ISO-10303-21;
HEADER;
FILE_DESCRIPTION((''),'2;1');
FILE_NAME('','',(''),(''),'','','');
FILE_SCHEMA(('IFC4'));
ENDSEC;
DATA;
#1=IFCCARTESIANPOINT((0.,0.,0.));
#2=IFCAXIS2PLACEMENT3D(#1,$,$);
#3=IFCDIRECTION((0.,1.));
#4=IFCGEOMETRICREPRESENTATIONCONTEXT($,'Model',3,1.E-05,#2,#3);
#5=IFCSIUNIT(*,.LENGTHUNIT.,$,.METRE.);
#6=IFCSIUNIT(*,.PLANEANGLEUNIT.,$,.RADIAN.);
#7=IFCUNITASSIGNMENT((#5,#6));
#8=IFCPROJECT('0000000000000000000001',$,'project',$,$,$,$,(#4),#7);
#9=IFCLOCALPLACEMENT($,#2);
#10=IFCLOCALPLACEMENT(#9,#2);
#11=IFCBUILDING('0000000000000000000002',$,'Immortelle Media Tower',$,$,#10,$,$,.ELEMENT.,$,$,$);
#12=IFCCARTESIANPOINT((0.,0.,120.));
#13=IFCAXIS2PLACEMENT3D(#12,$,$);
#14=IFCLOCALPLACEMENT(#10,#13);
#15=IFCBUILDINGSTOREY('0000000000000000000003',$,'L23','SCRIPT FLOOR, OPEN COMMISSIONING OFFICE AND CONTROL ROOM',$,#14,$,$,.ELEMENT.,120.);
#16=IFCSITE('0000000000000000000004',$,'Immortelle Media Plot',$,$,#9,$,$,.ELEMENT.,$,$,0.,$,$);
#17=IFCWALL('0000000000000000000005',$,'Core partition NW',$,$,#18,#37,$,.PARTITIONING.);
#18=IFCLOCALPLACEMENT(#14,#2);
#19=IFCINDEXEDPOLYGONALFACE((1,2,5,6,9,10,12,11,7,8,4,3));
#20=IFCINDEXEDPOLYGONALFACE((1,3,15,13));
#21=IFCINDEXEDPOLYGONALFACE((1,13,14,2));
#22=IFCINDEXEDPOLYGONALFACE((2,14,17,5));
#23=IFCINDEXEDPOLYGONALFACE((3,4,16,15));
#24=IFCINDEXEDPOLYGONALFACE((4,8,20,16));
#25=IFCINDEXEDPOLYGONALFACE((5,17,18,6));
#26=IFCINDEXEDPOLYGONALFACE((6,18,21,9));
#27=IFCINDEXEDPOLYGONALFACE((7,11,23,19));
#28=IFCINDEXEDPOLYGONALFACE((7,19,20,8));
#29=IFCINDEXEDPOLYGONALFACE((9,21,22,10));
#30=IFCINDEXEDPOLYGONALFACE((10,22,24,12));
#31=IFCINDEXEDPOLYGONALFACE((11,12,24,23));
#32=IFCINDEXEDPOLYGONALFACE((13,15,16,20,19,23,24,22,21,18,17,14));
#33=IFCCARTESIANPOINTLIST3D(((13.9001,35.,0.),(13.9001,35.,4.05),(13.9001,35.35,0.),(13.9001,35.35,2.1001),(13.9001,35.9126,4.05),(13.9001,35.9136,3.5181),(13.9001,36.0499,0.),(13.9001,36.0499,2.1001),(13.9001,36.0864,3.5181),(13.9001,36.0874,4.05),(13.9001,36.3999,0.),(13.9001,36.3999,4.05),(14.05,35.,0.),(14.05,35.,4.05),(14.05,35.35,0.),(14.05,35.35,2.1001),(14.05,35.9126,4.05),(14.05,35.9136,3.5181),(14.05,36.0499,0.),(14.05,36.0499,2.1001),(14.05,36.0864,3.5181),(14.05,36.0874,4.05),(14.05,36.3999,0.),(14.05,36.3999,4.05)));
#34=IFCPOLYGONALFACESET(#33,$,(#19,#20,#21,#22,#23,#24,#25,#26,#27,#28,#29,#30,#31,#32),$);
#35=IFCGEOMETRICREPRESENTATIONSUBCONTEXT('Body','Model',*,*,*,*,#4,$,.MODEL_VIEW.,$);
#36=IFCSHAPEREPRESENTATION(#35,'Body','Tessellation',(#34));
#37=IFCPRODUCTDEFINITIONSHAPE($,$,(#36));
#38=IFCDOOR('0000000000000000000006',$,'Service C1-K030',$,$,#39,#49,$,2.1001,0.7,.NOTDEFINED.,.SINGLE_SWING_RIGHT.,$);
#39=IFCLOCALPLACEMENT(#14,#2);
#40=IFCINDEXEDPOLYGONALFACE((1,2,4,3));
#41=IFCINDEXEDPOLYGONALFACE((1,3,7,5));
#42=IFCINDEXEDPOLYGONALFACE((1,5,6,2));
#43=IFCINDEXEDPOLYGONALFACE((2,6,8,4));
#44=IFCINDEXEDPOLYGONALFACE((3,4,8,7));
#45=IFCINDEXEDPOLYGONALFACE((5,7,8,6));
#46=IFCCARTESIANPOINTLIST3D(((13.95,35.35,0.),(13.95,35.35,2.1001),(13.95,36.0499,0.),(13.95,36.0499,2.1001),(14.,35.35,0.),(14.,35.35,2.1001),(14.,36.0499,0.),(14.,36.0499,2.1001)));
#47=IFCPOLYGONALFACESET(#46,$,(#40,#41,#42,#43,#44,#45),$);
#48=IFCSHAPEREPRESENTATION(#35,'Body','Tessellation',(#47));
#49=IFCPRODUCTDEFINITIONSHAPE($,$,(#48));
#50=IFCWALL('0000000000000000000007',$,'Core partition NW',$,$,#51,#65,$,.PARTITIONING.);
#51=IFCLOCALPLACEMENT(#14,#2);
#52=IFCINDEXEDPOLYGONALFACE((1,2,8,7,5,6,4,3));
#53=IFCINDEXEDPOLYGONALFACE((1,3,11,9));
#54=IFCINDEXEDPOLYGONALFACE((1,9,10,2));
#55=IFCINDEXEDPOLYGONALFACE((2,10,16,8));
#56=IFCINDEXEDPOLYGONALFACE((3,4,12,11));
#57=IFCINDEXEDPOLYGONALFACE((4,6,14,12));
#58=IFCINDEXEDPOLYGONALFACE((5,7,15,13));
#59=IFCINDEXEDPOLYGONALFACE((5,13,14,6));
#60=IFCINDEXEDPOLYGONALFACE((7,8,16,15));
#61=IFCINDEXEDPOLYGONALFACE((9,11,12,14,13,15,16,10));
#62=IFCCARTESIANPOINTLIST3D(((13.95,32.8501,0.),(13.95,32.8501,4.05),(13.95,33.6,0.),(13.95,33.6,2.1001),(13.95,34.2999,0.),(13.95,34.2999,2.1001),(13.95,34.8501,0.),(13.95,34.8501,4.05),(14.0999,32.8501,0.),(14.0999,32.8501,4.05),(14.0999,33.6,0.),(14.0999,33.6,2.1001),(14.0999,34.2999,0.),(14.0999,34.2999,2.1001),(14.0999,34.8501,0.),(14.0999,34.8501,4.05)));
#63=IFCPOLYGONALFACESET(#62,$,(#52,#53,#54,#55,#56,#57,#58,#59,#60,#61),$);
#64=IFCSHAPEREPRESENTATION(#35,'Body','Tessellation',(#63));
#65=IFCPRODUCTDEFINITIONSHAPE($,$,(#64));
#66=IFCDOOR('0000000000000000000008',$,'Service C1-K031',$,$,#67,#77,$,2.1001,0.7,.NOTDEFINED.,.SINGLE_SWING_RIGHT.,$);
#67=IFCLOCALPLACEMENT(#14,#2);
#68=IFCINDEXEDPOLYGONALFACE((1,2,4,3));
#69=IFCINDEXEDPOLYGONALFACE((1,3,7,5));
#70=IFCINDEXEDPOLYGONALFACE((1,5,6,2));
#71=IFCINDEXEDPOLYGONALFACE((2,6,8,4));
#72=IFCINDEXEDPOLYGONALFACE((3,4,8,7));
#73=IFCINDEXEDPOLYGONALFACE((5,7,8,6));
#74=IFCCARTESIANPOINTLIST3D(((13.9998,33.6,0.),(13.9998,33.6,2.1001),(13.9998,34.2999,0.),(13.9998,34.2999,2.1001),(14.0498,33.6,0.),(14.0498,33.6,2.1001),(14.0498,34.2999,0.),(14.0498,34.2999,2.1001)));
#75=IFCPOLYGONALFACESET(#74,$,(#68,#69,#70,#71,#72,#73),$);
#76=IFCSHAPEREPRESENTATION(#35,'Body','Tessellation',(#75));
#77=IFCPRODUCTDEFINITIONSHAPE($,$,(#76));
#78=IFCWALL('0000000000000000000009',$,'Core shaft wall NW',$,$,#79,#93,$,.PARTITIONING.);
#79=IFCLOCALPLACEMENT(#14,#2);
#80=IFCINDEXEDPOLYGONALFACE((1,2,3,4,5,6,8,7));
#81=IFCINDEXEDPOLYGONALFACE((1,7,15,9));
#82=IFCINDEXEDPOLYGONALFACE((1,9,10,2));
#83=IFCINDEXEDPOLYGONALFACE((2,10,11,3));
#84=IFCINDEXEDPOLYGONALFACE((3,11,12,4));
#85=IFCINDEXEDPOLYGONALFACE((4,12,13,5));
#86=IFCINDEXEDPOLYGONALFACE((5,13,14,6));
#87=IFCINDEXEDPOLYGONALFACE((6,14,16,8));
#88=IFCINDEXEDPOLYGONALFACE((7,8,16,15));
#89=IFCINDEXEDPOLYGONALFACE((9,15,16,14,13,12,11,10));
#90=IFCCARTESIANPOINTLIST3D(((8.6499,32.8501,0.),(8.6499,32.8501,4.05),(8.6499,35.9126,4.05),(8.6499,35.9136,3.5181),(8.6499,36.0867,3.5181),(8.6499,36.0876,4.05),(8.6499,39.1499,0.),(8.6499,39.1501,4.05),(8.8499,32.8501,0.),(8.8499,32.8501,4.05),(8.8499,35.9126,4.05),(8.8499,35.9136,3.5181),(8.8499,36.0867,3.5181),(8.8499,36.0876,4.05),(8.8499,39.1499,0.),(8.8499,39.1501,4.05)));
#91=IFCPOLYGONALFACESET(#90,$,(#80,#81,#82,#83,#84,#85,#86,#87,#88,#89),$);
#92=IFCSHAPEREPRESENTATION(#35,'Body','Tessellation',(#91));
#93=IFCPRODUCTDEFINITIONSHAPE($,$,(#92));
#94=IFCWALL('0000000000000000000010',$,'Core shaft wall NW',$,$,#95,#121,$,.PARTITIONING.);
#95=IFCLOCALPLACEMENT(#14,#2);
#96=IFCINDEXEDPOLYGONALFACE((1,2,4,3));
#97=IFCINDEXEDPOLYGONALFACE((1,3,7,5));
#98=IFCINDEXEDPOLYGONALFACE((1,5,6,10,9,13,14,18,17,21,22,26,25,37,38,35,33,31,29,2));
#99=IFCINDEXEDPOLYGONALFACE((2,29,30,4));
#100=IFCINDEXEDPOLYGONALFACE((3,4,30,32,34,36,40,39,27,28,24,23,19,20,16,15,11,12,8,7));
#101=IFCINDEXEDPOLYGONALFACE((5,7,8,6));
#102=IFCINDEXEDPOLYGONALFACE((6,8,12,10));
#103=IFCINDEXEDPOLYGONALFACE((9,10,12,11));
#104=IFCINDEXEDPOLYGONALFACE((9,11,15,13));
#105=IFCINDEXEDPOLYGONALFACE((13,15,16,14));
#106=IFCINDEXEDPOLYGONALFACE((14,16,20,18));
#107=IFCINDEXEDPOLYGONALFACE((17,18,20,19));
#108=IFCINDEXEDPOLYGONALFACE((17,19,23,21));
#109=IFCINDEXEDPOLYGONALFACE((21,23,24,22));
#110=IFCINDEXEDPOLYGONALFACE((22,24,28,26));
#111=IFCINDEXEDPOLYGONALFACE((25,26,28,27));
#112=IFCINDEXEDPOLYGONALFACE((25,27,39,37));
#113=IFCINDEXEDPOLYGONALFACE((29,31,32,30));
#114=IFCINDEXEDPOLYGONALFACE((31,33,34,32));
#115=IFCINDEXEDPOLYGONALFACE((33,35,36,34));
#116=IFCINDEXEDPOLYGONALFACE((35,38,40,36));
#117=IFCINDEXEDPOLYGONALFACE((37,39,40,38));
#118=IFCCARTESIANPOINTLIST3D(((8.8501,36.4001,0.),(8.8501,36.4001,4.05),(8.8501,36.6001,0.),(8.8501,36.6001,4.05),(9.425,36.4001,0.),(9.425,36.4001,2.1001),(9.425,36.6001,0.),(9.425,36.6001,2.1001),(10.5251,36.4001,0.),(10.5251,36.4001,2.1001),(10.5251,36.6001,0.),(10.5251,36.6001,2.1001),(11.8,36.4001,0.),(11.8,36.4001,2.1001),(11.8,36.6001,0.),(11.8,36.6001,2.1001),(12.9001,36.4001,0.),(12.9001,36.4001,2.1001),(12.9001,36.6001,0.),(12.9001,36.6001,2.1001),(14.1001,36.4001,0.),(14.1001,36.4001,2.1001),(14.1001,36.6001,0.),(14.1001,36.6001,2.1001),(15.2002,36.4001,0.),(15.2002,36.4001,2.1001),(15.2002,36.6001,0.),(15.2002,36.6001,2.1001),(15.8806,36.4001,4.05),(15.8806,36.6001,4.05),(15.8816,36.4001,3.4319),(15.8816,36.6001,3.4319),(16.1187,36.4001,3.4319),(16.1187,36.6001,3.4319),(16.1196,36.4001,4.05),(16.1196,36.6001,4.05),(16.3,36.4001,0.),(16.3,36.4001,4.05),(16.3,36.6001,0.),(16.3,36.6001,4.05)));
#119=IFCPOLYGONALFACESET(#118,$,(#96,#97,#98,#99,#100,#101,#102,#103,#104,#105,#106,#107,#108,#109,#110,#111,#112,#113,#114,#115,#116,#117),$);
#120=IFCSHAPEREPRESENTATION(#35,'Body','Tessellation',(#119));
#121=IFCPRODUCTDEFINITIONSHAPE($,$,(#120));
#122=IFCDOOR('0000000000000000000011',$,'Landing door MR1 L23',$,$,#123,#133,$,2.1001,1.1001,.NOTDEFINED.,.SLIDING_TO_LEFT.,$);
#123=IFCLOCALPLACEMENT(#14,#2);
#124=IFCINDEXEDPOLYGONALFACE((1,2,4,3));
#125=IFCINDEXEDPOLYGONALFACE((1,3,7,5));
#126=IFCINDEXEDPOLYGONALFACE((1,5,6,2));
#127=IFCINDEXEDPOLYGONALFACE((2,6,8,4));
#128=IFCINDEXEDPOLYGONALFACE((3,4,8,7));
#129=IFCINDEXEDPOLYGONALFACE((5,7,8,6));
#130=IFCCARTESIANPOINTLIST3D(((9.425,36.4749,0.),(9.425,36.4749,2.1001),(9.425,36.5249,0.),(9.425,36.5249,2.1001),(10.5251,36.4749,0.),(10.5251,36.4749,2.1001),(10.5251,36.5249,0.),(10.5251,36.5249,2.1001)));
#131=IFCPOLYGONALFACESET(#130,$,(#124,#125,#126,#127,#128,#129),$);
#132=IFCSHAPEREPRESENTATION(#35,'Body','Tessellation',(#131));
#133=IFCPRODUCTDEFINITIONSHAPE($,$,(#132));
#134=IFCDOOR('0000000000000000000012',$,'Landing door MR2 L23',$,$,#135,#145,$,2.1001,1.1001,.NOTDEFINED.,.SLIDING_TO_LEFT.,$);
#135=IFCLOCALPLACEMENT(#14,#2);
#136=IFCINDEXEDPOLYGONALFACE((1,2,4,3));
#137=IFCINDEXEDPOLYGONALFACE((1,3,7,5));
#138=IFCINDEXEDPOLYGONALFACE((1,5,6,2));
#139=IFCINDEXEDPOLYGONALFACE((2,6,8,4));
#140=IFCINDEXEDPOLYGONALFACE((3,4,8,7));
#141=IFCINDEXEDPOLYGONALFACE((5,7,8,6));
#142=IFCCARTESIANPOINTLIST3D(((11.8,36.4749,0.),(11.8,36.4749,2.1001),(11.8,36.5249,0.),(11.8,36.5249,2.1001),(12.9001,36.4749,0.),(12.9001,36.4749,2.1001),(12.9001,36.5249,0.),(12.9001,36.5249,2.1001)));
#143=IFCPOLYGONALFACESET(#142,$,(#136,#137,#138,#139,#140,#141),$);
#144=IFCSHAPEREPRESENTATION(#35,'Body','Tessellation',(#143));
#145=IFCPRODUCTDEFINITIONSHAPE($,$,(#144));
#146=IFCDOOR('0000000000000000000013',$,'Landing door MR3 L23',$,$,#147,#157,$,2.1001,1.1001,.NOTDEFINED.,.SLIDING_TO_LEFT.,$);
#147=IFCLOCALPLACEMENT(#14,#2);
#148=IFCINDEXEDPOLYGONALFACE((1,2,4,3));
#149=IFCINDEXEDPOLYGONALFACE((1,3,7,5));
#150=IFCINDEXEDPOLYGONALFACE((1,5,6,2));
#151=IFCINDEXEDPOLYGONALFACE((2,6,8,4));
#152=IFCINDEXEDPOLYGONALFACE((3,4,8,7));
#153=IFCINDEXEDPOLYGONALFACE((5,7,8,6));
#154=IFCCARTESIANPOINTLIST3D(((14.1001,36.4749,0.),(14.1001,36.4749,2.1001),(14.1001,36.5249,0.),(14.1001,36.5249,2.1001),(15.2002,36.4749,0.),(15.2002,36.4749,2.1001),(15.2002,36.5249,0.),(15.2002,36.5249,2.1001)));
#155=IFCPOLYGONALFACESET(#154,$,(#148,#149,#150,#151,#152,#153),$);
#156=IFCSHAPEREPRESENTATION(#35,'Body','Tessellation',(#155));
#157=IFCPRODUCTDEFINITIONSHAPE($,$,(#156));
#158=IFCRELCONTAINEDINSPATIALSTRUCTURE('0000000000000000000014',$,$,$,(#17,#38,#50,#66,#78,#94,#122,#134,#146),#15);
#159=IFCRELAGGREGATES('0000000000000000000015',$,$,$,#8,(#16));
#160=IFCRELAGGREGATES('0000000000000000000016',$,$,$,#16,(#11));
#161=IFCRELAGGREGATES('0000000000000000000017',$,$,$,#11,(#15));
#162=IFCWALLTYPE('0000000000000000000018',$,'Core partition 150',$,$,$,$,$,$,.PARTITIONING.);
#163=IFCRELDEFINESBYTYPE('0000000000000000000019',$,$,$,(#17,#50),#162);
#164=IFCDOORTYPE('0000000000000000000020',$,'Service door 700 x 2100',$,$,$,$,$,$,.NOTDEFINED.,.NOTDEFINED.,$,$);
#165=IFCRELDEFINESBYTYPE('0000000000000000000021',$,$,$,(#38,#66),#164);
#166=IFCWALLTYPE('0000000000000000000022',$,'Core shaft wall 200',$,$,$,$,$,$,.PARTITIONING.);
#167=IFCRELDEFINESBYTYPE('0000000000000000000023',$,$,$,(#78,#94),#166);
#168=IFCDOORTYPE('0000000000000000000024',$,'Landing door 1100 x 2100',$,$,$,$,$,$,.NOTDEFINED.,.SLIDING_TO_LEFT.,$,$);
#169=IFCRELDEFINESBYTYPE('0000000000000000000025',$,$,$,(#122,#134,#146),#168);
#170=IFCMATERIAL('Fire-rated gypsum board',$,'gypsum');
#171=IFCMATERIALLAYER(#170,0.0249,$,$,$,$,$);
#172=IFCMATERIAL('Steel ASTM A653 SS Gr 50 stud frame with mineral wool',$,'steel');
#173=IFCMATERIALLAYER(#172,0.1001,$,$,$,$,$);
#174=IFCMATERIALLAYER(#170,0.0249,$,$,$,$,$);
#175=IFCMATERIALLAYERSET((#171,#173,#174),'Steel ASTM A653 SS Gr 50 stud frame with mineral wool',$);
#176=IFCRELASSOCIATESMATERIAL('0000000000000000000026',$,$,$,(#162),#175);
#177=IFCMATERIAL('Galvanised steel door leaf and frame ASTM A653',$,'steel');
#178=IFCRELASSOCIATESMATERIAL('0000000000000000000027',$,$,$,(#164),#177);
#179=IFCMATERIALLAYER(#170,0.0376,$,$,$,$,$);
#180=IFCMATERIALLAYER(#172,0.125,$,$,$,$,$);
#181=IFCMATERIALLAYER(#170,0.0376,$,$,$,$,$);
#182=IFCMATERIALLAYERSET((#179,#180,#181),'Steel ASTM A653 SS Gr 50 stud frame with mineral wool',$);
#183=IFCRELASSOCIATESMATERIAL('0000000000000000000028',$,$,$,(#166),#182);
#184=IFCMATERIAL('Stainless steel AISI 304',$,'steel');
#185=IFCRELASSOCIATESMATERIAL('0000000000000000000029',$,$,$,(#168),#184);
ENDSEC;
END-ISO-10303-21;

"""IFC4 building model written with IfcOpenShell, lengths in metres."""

from ifc_helpers import new_model, si_unit, direction, frame, frame_2d, origin, place, context, subcontext, project, spatial, polyline, rectangle, outline, extrude, material, layer, layer_set, type_object, element, fill, save


model = new_model("IFC4")

# Units and contexts
model_context = context("Model", 3, precision=1e-05, world=origin(), true_north=direction((0.0, 1.0)))
body_context = subcontext(model_context, "Body", "Model", "MODEL_VIEW")
ifc_project = project(units=[si_unit("LENGTHUNIT", "METRE"), si_unit("PLANEANGLEUNIT", "RADIAN")], contexts=[model_context])

# Site, building, storey
site_placement = place(None, origin())
site = spatial("IfcSite", under=ifc_project, at=site_placement, Name="Immortelle Media Plot", CompositionType="ELEMENT", RefElevation=0.0)
building_placement = place(site_placement, origin())
building = spatial("IfcBuilding", under=site, at=building_placement, Name="Immortelle Media Tower", CompositionType="ELEMENT")
storey_placement = place(building_placement, frame((0.0, 0.0, 120.0)))
storey = spatial("IfcBuildingStorey", under=building, at=storey_placement, Name="L23", Description="SCRIPT FLOOR, OPEN COMMISSIONING OFFICE AND CONTROL ROOM", CompositionType="ELEMENT", Elevation=120.0)

# Shared definitions
ifc_material_1 = material(Name="Fire-rated gypsum board", Category="gypsum")
ifc_material_2 = material(Name="Steel ASTM A653 SS Gr 50 stud frame with mineral wool", Category="steel")
ifc_layer_1 = layer(ifc_material_1, 0.0249)
ifc_layer_2 = layer(ifc_material_2, 0.1001)
ifc_layer_3 = layer(ifc_material_1, 0.0249)
ifc_layer_set_1 = layer_set([ifc_layer_1, ifc_layer_2, ifc_layer_3], Name="Steel ASTM A653 SS Gr 50 stud frame with mineral wool")
wall_type_1 = type_object("IfcWallType", Name="Core partition 150", PredefinedType="PARTITIONING", material=ifc_layer_set_1)

# Shared definitions
ifc_material_3 = material(Name="Galvanised steel door leaf and frame ASTM A653", Category="steel")
door_type_1 = type_object("IfcDoorType", Name="Service door 700 x 2100", OperationType="NOTDEFINED", PredefinedType="NOTDEFINED", material=ifc_material_3)

# Walls, openings, doors
wall_1_placement = place(storey_placement, frame((13.9751, 35.0, 0.0), z_axis=(0.0, 0.0, 1.0), x_axis=(0.0, 1.0, 0.0)))
wall_1 = element("IfcWall", 1, at=wall_1_placement, inside=storey, type_object=wall_type_1, Name="Core partition NW", PredefinedType="PARTITIONING", context=body_context, shape_type="SweptSolid", body=[
    extrude(outline(polyline([(0.0, 0.0), (1.3999, 0.0), (1.3999, 4.05), (1.0874, 4.05), (1.0864, 3.5181), (0.9136, 3.5181), (0.9126, 4.05), (0.0, 4.05), (0.0, 0.0)])), frame((0.0, 0.075, 0.0), z_axis=(0.0, -1.0, 0.0), x_axis=(1.0, 0.0, 0.0)), (0.0, 0.0, 1.0), 0.1499),
])
opening_1_placement = place(wall_1_placement, frame((1.05, 0.0, 0.0), z_axis=(0.0, 0.0, 1.0), x_axis=(-1.0, 0.0, 0.0)))
opening_1 = element("IfcOpeningElement", 2, at=opening_1_placement, cuts=wall_1, PredefinedType="OPENING", context=body_context, shape_type="SweptSolid", body=[
    extrude(rectangle(XDim=0.7, YDim=2.1001, at=frame_2d((0.3501, 1.05))), frame((0.0, 0.085, 0.0), z_axis=(0.0, -1.0, 0.0), x_axis=(1.0, 0.0, 0.0)), (0.0, 0.0, 1.0), 0.1699),
])
door_1_placement = place(opening_1_placement, origin())
door_1 = element("IfcDoor", 3, at=door_1_placement, inside=storey, type_object=door_type_1, Name="Service C1-K030", OperationType="SINGLE_SWING_RIGHT", OverallHeight=2.1001, OverallWidth=0.7, PredefinedType="NOTDEFINED", context=body_context, shape_type="SweptSolid", body=[
    extrude(rectangle(XDim=0.7, YDim=2.1001, at=frame_2d((0.3501, 1.05))), frame((0.0, 0.0249, 0.0), z_axis=(0.0, -1.0, 0.0), x_axis=(1.0, 0.0, 0.0)), (0.0, 0.0, 1.0), 0.05),
])
fill(opening_1, door_1)
wall_2_placement = place(storey_placement, frame((14.0249, 32.8501, 0.0), z_axis=(0.0, 0.0, 1.0), x_axis=(0.0, 1.0, 0.0)))
wall_2 = element("IfcWall", 4, at=wall_2_placement, inside=storey, type_object=wall_type_1, Name="Core partition NW", PredefinedType="PARTITIONING", context=body_context, shape_type="SweptSolid", body=[
    extrude(rectangle(XDim=2.0, YDim=0.1499, at=frame_2d((1.0, 0.0))), origin(), (0.0, 0.0, 1.0), 4.05),
])
opening_2_placement = place(wall_2_placement, frame((1.45, 0.0, 0.0), z_axis=(0.0, 0.0, 1.0), x_axis=(-1.0, 0.0, 0.0)))
opening_2 = element("IfcOpeningElement", 5, at=opening_2_placement, cuts=wall_2, PredefinedType="OPENING", context=body_context, shape_type="SweptSolid", body=[
    extrude(rectangle(XDim=0.7, YDim=2.1001, at=frame_2d((0.3501, 1.05))), frame((0.0, 0.085, 0.0), z_axis=(0.0, -1.0, 0.0), x_axis=(1.0, 0.0, 0.0)), (0.0, 0.0, 1.0), 0.1699),
])
door_2_placement = place(opening_2_placement, origin())
door_2 = element("IfcDoor", 6, at=door_2_placement, inside=storey, type_object=door_type_1, Name="Service C1-K031", OperationType="SINGLE_SWING_RIGHT", OverallHeight=2.1001, OverallWidth=0.7, PredefinedType="NOTDEFINED", context=body_context, shape_type="SweptSolid", body=[
    extrude(rectangle(XDim=0.7, YDim=2.1001, at=frame_2d((0.3501, 1.05))), frame((0.0, 0.0249, 0.0), z_axis=(0.0, -1.0, 0.0), x_axis=(1.0, 0.0, 0.0)), (0.0, 0.0, 1.0), 0.05),
])
fill(opening_2, door_2)

# Wall
ifc_layer_4 = layer(ifc_material_1, 0.0376)
ifc_layer_5 = layer(ifc_material_2, 0.125)
ifc_layer_6 = layer(ifc_material_1, 0.0376)
ifc_layer_set_2 = layer_set([ifc_layer_4, ifc_layer_5, ifc_layer_6], Name="Steel ASTM A653 SS Gr 50 stud frame with mineral wool")
wall_type_2 = type_object("IfcWallType", Name="Core shaft wall 200", PredefinedType="PARTITIONING", material=ifc_layer_set_2)
wall_3_placement = place(storey_placement, frame((8.75, 32.8501, 0.0), z_axis=(0.0, 0.0, 1.0), x_axis=(0.0, 1.0, 0.0)))
element("IfcWall", 7, at=wall_3_placement, inside=storey, type_object=wall_type_2, Name="Core shaft wall NW", PredefinedType="PARTITIONING", context=body_context, shape_type="SweptSolid", body=[
    extrude(outline(polyline([(0.0, 0.0), (6.2998, 0.0), (6.3, 4.05), (3.2375, 4.05), (3.2366, 3.5181), (3.0635, 3.5181), (3.0625, 4.05), (0.0, 4.05), (0.0, 0.0)])), frame((0.0, 0.1001, 0.0), z_axis=(0.0, -1.0, 0.0), x_axis=(1.0, 0.0, 0.0)), (0.0, 0.0, 1.0), 0.2),
])

# Wall, openings, doors
wall_4_placement = place(storey_placement, frame((8.8501, 36.5, 0.0), z_axis=(0.0, 0.0, 1.0), x_axis=(1.0, 0.0, 0.0)))
wall_4 = element("IfcWall", 8, at=wall_4_placement, inside=storey, type_object=wall_type_2, Name="Core shaft wall NW", PredefinedType="PARTITIONING", context=body_context, shape_type="SweptSolid", body=[
    extrude(outline(polyline([(0.0, 0.0), (7.45, 0.0), (7.45, 4.05), (7.2695, 4.05), (7.2686, 3.4319), (7.0315, 3.4319), (7.0305, 4.05), (0.0, 4.05), (0.0, 0.0)])), frame((0.0, 0.1001, 0.0), z_axis=(0.0, -1.0, 0.0), x_axis=(1.0, 0.0, 0.0)), (0.0, 0.0, 1.0), 0.2),
])
opening_3_placement = place(wall_4_placement, frame((0.575, 0.0, 0.0)))
opening_3 = element("IfcOpeningElement", 9, at=opening_3_placement, cuts=wall_4, PredefinedType="OPENING", context=body_context, shape_type="SweptSolid", body=[
    extrude(rectangle(XDim=1.1001, YDim=2.1001, at=frame_2d((0.55, 1.05))), frame((0.0, 0.1099, 0.0), z_axis=(0.0, -1.0, 0.0), x_axis=(1.0, 0.0, 0.0)), (0.0, 0.0, 1.0), 0.22),
])
opening_4_placement = place(wall_4_placement, frame((2.95, 0.0, 0.0)))
opening_4 = element("IfcOpeningElement", 10, at=opening_4_placement, cuts=wall_4, PredefinedType="OPENING", context=body_context, shape_type="SweptSolid", body=[
    extrude(rectangle(XDim=1.1001, YDim=2.1001, at=frame_2d((0.55, 1.05))), frame((0.0, 0.1099, 0.0), z_axis=(0.0, -1.0, 0.0), x_axis=(1.0, 0.0, 0.0)), (0.0, 0.0, 1.0), 0.22),
])
opening_5_placement = place(wall_4_placement, frame((5.25, 0.0, 0.0)))
opening_5 = element("IfcOpeningElement", 11, at=opening_5_placement, cuts=wall_4, PredefinedType="OPENING", context=body_context, shape_type="SweptSolid", body=[
    extrude(rectangle(XDim=1.1001, YDim=2.1001, at=frame_2d((0.55, 1.05))), frame((0.0, 0.1099, 0.0), z_axis=(0.0, -1.0, 0.0), x_axis=(1.0, 0.0, 0.0)), (0.0, 0.0, 1.0), 0.22),
])
ifc_material_4 = material(Name="Stainless steel AISI 304", Category="steel")
door_type_2 = type_object("IfcDoorType", Name="Landing door 1100 x 2100", OperationType="SLIDING_TO_LEFT", PredefinedType="NOTDEFINED", material=ifc_material_4)
door_3_placement = place(opening_3_placement, origin())
door_3 = element("IfcDoor", 12, at=door_3_placement, inside=storey, type_object=door_type_2, Name="Landing door MR1 L23", OperationType="SLIDING_TO_LEFT", OverallHeight=2.1001, OverallWidth=1.1001, PredefinedType="NOTDEFINED", context=body_context, shape_type="SweptSolid", body=[
    extrude(rectangle(XDim=1.1001, YDim=2.1001, at=frame_2d((0.55, 1.05))), frame((0.0, 0.0249, 0.0), z_axis=(0.0, -1.0, 0.0), x_axis=(1.0, 0.0, 0.0)), (0.0, 0.0, 1.0), 0.05),
])
fill(opening_3, door_3)
door_4_placement = place(opening_4_placement, origin())
door_4 = element("IfcDoor", 13, at=door_4_placement, inside=storey, type_object=door_type_2, Name="Landing door MR2 L23", OperationType="SLIDING_TO_LEFT", OverallHeight=2.1001, OverallWidth=1.1001, PredefinedType="NOTDEFINED", context=body_context, shape_type="SweptSolid", body=[
    extrude(rectangle(XDim=1.1001, YDim=2.1001, at=frame_2d((0.55, 1.05))), frame((0.0, 0.0249, 0.0), z_axis=(0.0, -1.0, 0.0), x_axis=(1.0, 0.0, 0.0)), (0.0, 0.0, 1.0), 0.05),
])
fill(opening_4, door_4)
door_5_placement = place(opening_5_placement, origin())
door_5 = element("IfcDoor", 14, at=door_5_placement, inside=storey, type_object=door_type_2, Name="Landing door MR3 L23", OperationType="SLIDING_TO_LEFT", OverallHeight=2.1001, OverallWidth=1.1001, PredefinedType="NOTDEFINED", context=body_context, shape_type="SweptSolid", body=[
    extrude(rectangle(XDim=1.1001, YDim=2.1001, at=frame_2d((0.55, 1.05))), frame((0.0, 0.0249, 0.0), z_axis=(0.0, -1.0, 0.0), x_axis=(1.0, 0.0, 0.0)), (0.0, 0.0, 1.0), 0.05),
])
fill(opening_5, door_5)

save(model, "model.ifc")
